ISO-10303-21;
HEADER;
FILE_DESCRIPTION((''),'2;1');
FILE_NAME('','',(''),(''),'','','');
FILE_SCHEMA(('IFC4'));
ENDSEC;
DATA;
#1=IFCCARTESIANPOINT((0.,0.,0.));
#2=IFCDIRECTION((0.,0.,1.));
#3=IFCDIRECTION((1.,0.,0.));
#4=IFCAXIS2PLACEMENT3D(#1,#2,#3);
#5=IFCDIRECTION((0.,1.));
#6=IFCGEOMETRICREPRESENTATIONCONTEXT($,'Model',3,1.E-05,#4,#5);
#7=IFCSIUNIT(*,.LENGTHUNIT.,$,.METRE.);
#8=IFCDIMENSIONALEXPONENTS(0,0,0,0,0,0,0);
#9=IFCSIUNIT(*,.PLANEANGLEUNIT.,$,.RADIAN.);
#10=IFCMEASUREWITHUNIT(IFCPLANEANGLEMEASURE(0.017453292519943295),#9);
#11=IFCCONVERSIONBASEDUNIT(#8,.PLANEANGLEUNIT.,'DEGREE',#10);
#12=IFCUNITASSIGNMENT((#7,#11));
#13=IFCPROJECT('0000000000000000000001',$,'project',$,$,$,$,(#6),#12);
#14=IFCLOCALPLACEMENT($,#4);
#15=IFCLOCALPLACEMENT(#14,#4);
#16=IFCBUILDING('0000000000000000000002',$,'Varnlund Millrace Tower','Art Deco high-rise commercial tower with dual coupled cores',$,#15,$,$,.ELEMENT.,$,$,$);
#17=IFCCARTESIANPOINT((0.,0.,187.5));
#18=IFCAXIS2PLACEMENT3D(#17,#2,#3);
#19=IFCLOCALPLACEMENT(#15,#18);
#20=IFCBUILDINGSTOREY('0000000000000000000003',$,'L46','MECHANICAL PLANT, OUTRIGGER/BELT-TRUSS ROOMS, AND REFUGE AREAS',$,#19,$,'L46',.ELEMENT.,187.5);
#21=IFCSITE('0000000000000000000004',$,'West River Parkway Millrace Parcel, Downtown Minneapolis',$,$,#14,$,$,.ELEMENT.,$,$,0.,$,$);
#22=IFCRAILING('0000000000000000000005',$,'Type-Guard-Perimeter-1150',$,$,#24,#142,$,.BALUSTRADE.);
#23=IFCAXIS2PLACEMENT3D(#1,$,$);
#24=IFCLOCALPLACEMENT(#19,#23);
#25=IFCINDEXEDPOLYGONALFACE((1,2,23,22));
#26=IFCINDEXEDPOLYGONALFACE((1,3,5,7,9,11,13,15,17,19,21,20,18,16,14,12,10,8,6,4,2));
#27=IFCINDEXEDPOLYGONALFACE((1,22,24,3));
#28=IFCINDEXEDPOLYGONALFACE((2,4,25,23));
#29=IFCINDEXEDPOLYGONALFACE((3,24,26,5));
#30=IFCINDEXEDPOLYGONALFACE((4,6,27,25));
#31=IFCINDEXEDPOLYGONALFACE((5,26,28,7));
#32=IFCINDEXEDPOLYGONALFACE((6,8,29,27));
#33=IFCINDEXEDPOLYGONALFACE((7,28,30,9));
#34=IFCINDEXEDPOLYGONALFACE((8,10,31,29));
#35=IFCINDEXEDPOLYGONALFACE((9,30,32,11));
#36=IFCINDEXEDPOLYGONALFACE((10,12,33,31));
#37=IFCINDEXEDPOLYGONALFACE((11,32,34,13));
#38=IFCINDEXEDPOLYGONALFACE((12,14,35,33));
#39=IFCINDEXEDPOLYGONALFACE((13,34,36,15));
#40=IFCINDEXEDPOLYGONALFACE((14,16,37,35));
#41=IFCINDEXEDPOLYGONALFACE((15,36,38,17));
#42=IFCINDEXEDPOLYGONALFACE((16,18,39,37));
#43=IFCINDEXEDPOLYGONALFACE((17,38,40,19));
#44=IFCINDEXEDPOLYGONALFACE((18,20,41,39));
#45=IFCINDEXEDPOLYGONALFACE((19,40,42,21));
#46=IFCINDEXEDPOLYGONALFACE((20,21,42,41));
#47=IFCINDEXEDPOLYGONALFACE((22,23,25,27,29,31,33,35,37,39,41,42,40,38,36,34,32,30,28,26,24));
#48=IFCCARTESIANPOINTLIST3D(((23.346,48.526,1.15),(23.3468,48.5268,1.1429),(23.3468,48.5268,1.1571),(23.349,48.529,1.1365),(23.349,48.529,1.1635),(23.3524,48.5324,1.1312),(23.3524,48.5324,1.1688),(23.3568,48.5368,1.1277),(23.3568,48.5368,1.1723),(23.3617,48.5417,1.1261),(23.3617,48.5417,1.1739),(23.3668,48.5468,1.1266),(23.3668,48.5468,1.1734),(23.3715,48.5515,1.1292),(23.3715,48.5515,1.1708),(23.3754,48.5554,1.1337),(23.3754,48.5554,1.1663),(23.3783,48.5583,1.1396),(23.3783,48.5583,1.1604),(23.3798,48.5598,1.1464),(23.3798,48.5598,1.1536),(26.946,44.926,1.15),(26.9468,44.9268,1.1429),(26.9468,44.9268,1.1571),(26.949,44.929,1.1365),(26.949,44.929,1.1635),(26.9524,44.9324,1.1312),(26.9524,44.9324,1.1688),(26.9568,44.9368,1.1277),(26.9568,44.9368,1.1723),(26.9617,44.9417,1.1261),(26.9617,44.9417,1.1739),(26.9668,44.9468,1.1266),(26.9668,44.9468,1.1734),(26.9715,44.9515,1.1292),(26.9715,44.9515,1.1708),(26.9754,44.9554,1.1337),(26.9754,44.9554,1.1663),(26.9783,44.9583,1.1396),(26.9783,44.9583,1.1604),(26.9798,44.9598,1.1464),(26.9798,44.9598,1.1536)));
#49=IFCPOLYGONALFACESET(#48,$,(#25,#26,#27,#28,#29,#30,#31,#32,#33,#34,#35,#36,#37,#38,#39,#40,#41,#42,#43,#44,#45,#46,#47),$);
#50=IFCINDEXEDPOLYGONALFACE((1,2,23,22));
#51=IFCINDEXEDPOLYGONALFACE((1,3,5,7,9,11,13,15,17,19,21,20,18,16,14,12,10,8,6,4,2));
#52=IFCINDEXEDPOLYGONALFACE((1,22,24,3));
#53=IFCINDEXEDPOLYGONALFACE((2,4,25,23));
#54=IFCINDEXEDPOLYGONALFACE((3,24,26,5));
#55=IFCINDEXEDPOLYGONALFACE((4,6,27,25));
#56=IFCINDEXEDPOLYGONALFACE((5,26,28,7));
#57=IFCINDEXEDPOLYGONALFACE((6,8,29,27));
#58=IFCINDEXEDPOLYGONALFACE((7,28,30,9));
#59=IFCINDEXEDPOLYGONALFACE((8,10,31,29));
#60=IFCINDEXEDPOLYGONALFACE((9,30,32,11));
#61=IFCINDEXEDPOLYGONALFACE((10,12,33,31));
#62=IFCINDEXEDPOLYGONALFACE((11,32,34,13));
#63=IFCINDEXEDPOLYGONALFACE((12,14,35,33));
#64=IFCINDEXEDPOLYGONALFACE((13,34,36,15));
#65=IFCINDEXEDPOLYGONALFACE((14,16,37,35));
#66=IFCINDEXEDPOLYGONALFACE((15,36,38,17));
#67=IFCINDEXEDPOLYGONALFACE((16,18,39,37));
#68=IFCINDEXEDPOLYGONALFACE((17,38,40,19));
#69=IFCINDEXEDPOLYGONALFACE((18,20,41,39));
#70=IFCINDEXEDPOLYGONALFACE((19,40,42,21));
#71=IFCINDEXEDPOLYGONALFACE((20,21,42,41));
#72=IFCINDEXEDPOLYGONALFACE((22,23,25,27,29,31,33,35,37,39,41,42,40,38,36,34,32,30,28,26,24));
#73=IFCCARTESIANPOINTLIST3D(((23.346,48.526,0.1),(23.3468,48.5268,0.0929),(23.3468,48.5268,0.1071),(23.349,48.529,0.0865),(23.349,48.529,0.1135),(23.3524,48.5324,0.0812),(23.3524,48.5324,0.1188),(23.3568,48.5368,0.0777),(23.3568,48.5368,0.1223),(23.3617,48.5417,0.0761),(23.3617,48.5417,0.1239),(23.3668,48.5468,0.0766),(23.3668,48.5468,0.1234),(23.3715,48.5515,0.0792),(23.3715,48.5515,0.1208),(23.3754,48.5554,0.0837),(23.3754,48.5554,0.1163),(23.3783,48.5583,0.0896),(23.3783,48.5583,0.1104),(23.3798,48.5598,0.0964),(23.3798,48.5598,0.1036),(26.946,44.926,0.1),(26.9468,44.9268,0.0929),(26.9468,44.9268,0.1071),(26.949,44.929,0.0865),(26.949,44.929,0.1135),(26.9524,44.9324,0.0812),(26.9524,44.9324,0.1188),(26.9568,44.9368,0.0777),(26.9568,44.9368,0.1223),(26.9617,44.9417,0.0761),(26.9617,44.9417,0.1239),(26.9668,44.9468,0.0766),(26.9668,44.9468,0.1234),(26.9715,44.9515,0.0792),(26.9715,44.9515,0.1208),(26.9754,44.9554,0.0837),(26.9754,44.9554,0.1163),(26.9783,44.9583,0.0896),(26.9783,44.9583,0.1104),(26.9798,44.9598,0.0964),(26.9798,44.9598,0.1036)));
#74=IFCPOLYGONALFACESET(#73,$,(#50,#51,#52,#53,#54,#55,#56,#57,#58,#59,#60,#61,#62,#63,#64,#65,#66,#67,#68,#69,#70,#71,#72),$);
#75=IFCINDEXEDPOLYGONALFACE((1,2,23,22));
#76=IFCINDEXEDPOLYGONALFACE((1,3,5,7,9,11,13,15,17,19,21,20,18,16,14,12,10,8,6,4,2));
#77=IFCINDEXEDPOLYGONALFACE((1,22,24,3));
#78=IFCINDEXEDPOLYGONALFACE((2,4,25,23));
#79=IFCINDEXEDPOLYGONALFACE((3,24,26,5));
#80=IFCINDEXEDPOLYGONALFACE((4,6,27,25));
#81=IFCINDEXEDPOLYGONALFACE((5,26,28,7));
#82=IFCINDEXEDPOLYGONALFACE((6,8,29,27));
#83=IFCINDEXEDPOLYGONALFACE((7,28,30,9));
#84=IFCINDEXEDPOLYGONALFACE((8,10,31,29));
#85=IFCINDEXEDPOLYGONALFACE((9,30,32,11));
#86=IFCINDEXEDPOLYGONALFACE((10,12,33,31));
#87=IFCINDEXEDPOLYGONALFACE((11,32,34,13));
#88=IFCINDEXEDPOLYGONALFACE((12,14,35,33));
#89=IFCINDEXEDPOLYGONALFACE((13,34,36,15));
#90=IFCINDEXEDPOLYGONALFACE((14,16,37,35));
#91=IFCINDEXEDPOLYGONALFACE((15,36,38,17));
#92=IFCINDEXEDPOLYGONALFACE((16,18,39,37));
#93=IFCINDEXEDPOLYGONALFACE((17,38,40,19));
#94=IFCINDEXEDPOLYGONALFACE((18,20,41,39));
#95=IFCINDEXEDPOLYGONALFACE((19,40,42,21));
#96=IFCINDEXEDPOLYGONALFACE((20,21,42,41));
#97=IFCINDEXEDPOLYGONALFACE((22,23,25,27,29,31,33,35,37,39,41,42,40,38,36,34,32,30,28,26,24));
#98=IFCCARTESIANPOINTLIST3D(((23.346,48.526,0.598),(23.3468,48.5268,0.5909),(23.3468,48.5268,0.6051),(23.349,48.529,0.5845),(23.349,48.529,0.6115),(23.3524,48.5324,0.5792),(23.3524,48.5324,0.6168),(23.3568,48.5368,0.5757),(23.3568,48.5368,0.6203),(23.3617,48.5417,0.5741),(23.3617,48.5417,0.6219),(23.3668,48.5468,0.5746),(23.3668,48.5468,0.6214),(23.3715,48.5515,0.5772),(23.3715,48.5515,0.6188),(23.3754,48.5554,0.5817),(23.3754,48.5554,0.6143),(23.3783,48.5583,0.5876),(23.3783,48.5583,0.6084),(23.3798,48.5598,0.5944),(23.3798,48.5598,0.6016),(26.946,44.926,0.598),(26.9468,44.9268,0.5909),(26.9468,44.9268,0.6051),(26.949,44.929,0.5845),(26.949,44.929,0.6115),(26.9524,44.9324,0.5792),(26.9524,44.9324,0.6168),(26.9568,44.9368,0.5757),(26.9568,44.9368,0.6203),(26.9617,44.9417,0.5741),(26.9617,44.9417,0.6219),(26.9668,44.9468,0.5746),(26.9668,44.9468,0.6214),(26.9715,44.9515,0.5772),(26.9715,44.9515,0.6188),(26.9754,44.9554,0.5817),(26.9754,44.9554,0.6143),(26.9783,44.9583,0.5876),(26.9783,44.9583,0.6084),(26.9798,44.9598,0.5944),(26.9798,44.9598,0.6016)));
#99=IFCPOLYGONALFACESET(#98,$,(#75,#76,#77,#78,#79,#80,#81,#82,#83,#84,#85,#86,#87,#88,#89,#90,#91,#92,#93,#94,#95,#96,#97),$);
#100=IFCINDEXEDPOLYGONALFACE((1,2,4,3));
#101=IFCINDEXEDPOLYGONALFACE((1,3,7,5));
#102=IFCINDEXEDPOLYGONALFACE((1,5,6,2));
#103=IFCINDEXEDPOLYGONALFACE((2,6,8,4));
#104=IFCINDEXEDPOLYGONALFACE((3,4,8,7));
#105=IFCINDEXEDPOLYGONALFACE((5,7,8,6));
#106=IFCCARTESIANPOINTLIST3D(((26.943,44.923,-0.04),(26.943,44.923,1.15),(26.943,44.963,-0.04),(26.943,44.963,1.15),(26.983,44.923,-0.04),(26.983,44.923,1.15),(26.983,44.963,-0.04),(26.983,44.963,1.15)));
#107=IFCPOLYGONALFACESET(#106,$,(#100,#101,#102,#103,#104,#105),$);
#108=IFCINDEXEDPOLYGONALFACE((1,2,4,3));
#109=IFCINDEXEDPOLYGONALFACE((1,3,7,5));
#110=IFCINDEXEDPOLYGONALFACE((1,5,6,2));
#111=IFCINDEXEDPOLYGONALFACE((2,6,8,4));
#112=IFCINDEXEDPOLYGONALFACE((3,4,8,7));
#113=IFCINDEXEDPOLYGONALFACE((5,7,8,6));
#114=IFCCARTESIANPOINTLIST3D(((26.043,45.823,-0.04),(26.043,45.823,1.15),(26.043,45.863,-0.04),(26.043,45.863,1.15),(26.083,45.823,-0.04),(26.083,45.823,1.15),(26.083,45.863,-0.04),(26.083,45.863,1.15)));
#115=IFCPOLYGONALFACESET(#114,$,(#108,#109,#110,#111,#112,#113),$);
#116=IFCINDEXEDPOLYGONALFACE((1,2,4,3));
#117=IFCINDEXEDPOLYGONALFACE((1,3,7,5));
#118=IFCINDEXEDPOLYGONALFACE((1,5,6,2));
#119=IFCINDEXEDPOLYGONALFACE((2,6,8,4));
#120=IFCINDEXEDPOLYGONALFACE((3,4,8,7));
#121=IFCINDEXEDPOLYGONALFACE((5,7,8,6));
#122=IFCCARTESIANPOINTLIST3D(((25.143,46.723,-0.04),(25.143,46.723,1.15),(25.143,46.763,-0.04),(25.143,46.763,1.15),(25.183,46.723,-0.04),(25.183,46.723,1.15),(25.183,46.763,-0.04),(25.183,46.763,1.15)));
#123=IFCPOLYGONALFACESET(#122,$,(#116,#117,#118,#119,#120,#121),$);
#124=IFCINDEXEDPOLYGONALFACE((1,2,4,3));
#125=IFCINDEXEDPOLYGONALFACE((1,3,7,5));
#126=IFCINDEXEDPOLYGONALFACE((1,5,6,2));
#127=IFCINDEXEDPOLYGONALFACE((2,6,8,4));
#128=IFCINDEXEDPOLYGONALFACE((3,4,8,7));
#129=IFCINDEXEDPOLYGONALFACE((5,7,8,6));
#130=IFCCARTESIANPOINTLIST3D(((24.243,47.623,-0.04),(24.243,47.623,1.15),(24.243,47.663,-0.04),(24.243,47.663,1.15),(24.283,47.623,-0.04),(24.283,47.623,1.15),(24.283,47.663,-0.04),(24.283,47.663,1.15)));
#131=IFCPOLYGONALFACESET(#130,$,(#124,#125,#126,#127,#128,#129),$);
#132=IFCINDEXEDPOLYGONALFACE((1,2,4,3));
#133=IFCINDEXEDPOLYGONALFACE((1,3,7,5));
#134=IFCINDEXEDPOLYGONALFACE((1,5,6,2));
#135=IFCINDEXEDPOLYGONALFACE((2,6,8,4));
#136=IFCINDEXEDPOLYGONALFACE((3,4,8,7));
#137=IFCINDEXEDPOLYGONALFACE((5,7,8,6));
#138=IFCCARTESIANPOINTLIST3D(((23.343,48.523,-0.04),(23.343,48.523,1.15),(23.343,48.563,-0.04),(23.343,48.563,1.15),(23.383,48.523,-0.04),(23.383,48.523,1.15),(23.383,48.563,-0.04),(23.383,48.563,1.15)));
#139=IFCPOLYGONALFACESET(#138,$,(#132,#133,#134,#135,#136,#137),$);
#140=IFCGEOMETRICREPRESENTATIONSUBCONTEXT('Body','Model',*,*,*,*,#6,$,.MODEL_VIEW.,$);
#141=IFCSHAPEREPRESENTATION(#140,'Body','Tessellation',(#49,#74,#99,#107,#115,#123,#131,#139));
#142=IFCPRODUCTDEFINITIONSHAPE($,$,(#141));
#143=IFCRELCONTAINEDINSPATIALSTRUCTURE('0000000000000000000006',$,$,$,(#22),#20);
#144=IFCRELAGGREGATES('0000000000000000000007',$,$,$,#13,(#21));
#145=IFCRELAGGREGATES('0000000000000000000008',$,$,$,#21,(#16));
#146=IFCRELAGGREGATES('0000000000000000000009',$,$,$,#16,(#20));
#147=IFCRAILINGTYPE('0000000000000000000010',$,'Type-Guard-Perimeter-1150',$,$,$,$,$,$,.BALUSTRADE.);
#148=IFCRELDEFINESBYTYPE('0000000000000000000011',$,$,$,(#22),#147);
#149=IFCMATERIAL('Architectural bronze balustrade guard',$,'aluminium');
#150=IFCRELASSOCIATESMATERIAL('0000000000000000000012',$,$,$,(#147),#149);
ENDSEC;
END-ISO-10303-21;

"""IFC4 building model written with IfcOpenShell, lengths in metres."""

from ifc_helpers import new_model, entity, si_unit, converted_unit, direction, frame, origin_with_axes, origin_2d_with_axis, place, context, subcontext, project, spatial, rectangle, circle, extrude, material, type_object, element, save


model = new_model("IFC4")

# Units and contexts
model_context = context("Model", 3, precision=1e-05, world=origin_with_axes(), true_north=direction((0.0, 1.0)))
body_context = subcontext(model_context, "Body", "Model", "MODEL_VIEW")
ifc_project = project(units=[si_unit("LENGTHUNIT", "METRE"), converted_unit("PLANEANGLEUNIT", "DEGREE", entity("IfcPlaneAngleMeasure", 0.017453292519943295), si_unit("PLANEANGLEUNIT", "RADIAN"), dimensions=[0, 0, 0, 0, 0, 0, 0])], contexts=[model_context])

# Site, building, storey
site_placement = place(None, origin_with_axes())
site = spatial("IfcSite", under=ifc_project, at=site_placement, Name="West River Parkway Millrace Parcel, Downtown Minneapolis", CompositionType="ELEMENT", RefElevation=0.0)
building_placement = place(site_placement, origin_with_axes())
building = spatial("IfcBuilding", under=site, at=building_placement, Name="Varnlund Millrace Tower", Description="Art Deco high-rise commercial tower with dual coupled cores", CompositionType="ELEMENT")
storey_placement = place(building_placement, frame((0.0, 0.0, 187.5), z_axis=(0.0, 0.0, 1.0), x_axis=(1.0, 0.0, 0.0)))
storey = spatial("IfcBuildingStorey", under=building, at=storey_placement, Name="L46", Description="MECHANICAL PLANT, OUTRIGGER/BELT-TRUSS ROOMS, AND REFUGE AREAS", LongName="L46", CompositionType="ELEMENT", Elevation=187.5)

# Railing
ifc_material_1 = material(Name="Architectural bronze balustrade guard", Category="aluminium")
railing_type_1 = type_object("IfcRailingType", Name="Type-Guard-Perimeter-1150", PredefinedType="BALUSTRADE", material=ifc_material_1)
railing_1_placement = place(storey_placement, frame((0.0, 0.0, -187.5), z_axis=(0.0, 0.0, 1.0), x_axis=(1.0, 0.0, 0.0)))
element("IfcRailing", 1, at=railing_1_placement, inside=storey, type_object=railing_type_1, Name="Type-Guard-Perimeter-1150", PredefinedType="BALUSTRADE", context=body_context, shape_type="SweptSolid", body=[
    extrude(circle(Radius=0.024, at=origin_2d_with_axis()), frame((26.963, 44.943, 188.65), z_axis=(-0.707107, 0.707107, 0.0), x_axis=(-0.707107, -0.707107, 0.0)), (0.0, 0.0, 1.0), 5.0912),
    extrude(circle(Radius=0.024, at=origin_2d_with_axis()), frame((26.963, 44.943, 187.6), z_axis=(-0.707107, 0.707107, 0.0), x_axis=(-0.707107, -0.707107, 0.0)), (0.0, 0.0, 1.0), 5.0912),
    extrude(circle(Radius=0.024, at=origin_2d_with_axis()), frame((26.963, 44.943, 188.098), z_axis=(-0.707107, 0.707107, 0.0), x_axis=(-0.707107, -0.707107, 0.0)), (0.0, 0.0, 1.0), 5.0912),
    extrude(rectangle(XDim=0.04, YDim=0.04, at=origin_2d_with_axis()), frame((26.963, 44.943, 187.46), z_axis=(0.0, 0.0, 1.0), x_axis=(1.0, 0.0, 0.0)), (0.0, 0.0, 1.0), 1.19),
    extrude(rectangle(XDim=0.04, YDim=0.04, at=origin_2d_with_axis()), frame((26.063, 45.843, 187.46), z_axis=(0.0, 0.0, 1.0), x_axis=(1.0, 0.0, 0.0)), (0.0, 0.0, 1.0), 1.19),
    extrude(rectangle(XDim=0.04, YDim=0.04, at=origin_2d_with_axis()), frame((25.163, 46.743, 187.46), z_axis=(0.0, 0.0, 1.0), x_axis=(1.0, 0.0, 0.0)), (0.0, 0.0, 1.0), 1.19),
    extrude(rectangle(XDim=0.04, YDim=0.04, at=origin_2d_with_axis()), frame((24.263, 47.643, 187.46), z_axis=(0.0, 0.0, 1.0), x_axis=(1.0, 0.0, 0.0)), (0.0, 0.0, 1.0), 1.19),
    extrude(rectangle(XDim=0.04, YDim=0.04, at=origin_2d_with_axis()), frame((23.363, 48.543, 187.46), z_axis=(0.0, 0.0, 1.0), x_axis=(1.0, 0.0, 0.0)), (0.0, 0.0, 1.0), 1.19),
])

save(model, "model.ifc")
